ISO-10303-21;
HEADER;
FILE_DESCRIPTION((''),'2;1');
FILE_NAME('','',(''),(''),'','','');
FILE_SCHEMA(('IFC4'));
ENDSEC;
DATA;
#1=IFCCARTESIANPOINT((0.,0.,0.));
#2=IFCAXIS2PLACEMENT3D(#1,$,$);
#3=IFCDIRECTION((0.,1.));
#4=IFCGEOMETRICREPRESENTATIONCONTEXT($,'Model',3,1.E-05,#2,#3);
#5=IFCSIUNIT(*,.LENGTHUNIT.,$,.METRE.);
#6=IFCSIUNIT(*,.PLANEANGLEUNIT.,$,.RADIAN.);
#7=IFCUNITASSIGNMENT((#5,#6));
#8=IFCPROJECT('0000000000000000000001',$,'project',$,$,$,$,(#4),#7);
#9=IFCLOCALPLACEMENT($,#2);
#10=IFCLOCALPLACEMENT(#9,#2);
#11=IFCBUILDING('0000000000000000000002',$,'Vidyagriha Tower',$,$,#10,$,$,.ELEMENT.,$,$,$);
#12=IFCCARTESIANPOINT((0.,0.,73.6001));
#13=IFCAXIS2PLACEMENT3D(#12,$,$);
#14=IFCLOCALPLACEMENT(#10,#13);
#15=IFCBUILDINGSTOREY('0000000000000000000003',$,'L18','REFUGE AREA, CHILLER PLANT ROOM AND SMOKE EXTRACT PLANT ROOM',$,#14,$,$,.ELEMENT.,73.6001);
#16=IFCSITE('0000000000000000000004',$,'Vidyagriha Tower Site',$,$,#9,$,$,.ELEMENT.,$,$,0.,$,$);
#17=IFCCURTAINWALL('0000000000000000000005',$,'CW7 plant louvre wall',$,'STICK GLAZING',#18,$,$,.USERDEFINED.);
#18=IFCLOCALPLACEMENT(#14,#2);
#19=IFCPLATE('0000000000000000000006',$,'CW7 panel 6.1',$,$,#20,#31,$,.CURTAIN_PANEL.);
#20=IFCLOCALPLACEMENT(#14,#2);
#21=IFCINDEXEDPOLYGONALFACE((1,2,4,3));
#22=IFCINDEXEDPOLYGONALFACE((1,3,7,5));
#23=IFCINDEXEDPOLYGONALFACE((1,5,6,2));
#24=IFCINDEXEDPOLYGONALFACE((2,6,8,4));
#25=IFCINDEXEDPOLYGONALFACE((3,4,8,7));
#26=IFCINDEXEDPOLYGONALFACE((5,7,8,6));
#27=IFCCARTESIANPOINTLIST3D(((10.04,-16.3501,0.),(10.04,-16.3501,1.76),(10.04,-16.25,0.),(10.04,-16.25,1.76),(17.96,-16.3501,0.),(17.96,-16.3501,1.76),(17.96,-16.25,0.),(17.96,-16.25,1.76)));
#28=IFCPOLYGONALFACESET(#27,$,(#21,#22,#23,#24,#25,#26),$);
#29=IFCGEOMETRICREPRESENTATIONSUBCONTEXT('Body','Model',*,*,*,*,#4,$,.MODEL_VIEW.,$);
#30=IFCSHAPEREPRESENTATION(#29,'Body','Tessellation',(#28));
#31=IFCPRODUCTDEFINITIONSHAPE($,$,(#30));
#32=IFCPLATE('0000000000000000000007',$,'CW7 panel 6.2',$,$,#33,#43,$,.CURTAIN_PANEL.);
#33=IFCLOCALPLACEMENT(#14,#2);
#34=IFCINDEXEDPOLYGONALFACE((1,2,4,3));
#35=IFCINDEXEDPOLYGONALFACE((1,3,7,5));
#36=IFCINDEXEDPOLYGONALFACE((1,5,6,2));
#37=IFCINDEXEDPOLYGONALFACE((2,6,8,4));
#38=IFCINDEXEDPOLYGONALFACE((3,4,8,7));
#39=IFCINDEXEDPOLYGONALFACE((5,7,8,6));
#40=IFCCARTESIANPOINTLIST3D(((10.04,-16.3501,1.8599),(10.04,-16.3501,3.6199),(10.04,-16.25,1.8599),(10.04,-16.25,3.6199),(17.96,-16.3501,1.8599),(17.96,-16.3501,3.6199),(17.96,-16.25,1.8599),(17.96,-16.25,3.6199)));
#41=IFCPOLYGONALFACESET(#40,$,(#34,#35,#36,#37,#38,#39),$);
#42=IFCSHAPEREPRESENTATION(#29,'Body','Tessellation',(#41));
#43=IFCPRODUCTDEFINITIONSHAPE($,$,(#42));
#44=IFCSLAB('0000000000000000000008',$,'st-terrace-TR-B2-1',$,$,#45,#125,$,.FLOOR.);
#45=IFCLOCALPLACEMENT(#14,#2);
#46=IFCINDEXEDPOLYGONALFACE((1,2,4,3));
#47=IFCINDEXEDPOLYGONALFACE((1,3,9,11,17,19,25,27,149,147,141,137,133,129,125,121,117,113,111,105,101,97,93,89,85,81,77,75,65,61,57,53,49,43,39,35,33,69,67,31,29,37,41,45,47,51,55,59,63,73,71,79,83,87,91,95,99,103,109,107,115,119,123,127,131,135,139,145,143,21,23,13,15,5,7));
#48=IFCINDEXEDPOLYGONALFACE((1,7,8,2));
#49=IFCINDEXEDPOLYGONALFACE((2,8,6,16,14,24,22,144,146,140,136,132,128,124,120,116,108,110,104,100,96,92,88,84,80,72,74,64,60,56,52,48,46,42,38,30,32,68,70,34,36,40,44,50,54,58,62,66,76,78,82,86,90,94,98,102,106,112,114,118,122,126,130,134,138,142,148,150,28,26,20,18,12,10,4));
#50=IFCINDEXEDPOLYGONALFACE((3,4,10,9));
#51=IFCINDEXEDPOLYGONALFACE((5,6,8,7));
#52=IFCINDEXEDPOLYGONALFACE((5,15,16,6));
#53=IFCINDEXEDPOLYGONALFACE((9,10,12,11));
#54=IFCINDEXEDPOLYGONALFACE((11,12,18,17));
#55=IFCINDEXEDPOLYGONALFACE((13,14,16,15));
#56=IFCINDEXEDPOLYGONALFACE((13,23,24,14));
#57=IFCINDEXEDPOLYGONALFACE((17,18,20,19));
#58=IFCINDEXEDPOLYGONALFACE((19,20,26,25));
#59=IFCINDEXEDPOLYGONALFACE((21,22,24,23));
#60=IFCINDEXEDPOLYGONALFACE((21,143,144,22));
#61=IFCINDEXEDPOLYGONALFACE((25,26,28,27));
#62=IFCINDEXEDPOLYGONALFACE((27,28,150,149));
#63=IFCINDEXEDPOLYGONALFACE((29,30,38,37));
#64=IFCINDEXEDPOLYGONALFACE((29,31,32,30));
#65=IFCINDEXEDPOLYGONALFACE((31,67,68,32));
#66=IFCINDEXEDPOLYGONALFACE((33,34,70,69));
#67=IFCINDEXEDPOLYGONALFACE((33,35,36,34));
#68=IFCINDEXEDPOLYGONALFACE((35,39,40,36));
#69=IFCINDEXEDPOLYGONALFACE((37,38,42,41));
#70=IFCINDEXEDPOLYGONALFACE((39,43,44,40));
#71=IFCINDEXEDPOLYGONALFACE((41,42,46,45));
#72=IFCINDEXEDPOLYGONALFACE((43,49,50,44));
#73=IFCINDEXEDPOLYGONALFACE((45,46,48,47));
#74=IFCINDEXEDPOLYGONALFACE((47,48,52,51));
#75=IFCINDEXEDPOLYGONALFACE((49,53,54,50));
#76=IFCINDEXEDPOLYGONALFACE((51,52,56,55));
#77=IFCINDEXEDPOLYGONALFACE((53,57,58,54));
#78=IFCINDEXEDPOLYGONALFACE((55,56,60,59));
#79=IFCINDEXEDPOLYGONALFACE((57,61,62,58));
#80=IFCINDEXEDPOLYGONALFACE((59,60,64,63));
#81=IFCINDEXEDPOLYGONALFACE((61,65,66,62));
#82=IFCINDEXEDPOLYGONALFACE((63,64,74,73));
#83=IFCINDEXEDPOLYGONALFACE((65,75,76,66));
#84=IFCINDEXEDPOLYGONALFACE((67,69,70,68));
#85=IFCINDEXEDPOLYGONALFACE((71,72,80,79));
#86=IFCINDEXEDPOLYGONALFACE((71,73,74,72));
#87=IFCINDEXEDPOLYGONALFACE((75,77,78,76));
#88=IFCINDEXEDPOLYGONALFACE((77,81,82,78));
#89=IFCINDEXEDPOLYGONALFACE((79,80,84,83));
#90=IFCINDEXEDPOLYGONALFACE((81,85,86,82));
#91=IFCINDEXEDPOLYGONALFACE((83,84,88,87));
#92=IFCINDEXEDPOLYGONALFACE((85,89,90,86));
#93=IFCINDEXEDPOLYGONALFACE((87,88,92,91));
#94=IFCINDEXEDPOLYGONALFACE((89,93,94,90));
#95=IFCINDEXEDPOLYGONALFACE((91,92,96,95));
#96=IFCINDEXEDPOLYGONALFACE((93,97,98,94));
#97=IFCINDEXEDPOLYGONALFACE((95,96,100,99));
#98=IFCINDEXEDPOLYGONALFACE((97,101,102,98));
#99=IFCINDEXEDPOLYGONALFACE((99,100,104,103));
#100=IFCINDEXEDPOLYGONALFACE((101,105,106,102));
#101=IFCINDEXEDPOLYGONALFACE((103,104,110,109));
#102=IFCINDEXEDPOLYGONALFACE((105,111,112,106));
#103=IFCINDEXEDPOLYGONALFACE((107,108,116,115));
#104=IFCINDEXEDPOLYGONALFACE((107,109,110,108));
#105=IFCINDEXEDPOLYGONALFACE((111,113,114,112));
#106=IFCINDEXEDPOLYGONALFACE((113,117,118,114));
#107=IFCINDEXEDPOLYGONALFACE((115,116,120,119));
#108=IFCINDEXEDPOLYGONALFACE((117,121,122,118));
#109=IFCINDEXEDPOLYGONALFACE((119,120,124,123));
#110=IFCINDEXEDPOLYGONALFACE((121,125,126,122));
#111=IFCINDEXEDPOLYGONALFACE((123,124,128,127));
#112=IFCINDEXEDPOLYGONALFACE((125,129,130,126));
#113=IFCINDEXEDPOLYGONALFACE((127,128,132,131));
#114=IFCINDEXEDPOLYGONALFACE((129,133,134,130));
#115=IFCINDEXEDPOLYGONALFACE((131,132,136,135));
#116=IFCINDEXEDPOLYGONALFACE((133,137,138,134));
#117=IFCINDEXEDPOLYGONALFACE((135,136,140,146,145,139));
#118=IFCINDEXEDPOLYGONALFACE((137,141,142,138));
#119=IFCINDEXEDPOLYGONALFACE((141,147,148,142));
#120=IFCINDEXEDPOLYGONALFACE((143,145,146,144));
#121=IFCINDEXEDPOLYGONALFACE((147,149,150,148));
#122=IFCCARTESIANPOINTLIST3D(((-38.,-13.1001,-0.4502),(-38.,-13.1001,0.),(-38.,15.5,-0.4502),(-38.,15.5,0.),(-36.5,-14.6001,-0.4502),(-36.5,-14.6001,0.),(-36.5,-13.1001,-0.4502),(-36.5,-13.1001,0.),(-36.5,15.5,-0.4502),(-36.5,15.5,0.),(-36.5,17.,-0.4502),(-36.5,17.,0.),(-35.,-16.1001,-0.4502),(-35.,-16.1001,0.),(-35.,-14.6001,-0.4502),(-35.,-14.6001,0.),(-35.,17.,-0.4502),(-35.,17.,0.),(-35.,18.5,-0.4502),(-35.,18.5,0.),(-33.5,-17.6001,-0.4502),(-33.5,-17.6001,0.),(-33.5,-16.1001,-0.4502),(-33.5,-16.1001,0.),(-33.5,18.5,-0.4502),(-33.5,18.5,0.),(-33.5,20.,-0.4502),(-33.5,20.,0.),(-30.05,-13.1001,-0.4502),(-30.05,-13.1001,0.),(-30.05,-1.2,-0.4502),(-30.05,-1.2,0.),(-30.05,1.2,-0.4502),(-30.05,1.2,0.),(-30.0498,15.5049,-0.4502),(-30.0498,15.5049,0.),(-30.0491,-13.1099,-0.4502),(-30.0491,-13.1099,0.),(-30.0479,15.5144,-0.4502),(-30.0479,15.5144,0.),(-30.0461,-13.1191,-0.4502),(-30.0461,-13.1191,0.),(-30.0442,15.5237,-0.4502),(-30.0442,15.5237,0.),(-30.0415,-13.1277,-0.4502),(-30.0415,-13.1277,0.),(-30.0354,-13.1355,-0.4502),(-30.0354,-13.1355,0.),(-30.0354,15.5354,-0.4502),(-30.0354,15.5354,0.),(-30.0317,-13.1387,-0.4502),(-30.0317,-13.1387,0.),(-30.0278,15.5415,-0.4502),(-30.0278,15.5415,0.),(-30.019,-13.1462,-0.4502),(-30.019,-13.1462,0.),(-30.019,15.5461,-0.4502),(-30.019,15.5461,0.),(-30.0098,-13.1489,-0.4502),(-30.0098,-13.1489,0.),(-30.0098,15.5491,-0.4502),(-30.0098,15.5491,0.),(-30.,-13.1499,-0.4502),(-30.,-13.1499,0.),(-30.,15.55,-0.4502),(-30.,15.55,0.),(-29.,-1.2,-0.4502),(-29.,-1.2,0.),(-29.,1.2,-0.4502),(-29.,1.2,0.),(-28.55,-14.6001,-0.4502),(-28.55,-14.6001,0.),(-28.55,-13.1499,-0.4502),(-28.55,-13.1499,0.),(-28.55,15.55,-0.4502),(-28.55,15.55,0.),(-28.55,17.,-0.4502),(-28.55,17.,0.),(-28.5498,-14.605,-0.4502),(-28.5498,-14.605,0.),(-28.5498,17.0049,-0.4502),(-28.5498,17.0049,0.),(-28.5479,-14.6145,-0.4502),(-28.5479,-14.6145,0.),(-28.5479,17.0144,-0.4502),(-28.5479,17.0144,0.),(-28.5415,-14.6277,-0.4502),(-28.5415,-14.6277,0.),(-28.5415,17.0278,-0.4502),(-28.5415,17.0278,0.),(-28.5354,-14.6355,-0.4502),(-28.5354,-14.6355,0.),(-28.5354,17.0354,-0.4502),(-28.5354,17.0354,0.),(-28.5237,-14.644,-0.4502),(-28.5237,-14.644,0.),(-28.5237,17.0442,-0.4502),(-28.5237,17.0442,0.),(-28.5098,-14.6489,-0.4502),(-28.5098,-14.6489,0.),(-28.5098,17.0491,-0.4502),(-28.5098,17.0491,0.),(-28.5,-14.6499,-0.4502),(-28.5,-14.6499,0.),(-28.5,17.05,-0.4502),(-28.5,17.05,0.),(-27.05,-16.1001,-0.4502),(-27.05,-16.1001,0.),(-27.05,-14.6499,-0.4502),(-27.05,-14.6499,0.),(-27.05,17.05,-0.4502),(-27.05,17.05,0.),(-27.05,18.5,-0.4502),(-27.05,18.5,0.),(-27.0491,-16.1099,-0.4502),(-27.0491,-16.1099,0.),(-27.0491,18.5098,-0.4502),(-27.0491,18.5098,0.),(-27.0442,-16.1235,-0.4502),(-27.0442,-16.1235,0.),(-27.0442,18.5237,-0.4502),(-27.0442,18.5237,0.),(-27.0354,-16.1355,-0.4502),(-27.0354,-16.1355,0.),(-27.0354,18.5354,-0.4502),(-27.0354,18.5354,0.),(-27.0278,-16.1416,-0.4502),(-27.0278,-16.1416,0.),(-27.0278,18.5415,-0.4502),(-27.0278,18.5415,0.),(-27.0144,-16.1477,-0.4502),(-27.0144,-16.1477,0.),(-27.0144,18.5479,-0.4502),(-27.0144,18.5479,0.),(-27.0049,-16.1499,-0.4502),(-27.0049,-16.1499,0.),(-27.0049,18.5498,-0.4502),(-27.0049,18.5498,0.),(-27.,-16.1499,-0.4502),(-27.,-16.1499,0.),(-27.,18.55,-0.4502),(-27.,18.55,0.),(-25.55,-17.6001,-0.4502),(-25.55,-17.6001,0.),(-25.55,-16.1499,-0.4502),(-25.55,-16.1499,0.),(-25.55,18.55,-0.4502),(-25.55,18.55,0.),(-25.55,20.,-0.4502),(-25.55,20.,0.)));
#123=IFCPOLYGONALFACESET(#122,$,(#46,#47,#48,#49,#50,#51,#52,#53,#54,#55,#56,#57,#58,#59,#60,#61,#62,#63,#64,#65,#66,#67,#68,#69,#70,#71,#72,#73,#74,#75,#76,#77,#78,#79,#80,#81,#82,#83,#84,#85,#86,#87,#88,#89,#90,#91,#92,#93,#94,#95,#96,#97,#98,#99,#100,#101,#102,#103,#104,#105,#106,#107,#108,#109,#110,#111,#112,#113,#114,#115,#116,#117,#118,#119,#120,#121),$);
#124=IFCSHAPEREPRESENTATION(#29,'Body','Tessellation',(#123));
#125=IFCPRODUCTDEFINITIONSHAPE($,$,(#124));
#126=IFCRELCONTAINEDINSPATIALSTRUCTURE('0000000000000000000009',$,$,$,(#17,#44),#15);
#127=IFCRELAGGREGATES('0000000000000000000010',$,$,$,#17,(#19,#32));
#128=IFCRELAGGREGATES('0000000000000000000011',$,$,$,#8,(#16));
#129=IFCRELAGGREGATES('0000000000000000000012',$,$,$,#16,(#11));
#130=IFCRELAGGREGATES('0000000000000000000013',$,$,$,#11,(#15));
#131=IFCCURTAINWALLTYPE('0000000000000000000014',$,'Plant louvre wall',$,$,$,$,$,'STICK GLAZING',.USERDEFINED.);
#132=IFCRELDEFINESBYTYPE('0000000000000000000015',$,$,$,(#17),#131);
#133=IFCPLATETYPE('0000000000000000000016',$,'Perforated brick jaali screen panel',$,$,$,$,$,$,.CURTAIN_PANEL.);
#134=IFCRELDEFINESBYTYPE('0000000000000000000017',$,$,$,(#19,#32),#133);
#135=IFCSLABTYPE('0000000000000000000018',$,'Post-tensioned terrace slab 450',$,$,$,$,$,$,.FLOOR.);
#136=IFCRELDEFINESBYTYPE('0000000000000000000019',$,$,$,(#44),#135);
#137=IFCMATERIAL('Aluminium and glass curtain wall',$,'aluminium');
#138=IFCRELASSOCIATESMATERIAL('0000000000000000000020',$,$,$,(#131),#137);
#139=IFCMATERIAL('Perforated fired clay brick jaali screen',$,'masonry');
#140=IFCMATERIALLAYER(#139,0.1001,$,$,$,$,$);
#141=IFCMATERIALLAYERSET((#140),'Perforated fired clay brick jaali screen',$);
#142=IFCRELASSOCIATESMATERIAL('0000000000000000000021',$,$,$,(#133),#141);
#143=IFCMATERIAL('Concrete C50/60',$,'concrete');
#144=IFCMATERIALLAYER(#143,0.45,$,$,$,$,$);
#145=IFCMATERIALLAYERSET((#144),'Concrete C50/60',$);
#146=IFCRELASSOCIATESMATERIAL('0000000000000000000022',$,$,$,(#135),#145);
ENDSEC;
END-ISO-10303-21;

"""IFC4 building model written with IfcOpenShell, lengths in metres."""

from ifc_helpers import new_model, si_unit, direction, frame, origin, origin_2d, place, context, subcontext, project, spatial, polyline, rectangle, outline, extrude, material, layer, layer_set, type_object, element, aggregate, save


model = new_model("IFC4")

# Units and contexts
model_context = context("Model", 3, precision=1e-05, world=origin(), true_north=direction((0.0, 1.0)))
body_context = subcontext(model_context, "Body", "Model", "MODEL_VIEW")
ifc_project = project(units=[si_unit("LENGTHUNIT", "METRE"), si_unit("PLANEANGLEUNIT", "RADIAN")], contexts=[model_context])

# Site, building, storey
site_placement = place(None, origin())
site = spatial("IfcSite", under=ifc_project, at=site_placement, Name="Vidyagriha Tower Site", CompositionType="ELEMENT", RefElevation=0.0)
building_placement = place(site_placement, origin())
building = spatial("IfcBuilding", under=site, at=building_placement, Name="Vidyagriha Tower", CompositionType="ELEMENT")
storey_placement = place(building_placement, frame((0.0, 0.0, 73.6001)))
storey = spatial("IfcBuildingStorey", under=building, at=storey_placement, Name="L18", Description="REFUGE AREA, CHILLER PLANT ROOM AND SMOKE EXTRACT PLANT ROOM", CompositionType="ELEMENT", Elevation=73.6001)

# Curtain wall, plates
ifc_material_1 = material(Name="Aluminium and glass curtain wall", Category="aluminium")
curtain_wall_type = type_object("IfcCurtainWallType", Name="Plant louvre wall", ElementType="STICK GLAZING", PredefinedType="USERDEFINED", material=ifc_material_1)
curtain_wall_placement = place(storey_placement, origin())
curtain_wall = element("IfcCurtainWall", 1, at=curtain_wall_placement, inside=storey, type_object=curtain_wall_type, Name="CW7 plant louvre wall", ObjectType="STICK GLAZING", PredefinedType="USERDEFINED")
ifc_material_2 = material(Name="Perforated fired clay brick jaali screen", Category="masonry")
ifc_layer_1 = layer(ifc_material_2, 0.1001)
ifc_layer_set_1 = layer_set([ifc_layer_1], Name="Perforated fired clay brick jaali screen")
plate_type = type_object("IfcPlateType", Name="Perforated brick jaali screen panel", PredefinedType="CURTAIN_PANEL", material=ifc_layer_set_1)
plate_1_placement = place(storey_placement, frame((14.0, -16.3, 0.0)))
plate_1 = element("IfcPlate", 2, at=plate_1_placement, type_object=plate_type, Name="CW7 panel 6.1", PredefinedType="CURTAIN_PANEL", context=body_context, shape_type="SweptSolid", body=[
    extrude(rectangle(XDim=7.9199, YDim=0.1001, at=origin_2d()), origin(), (0.0, 0.0, 1.0), 1.76),
])
plate_2_placement = place(storey_placement, frame((14.0, -16.3, 1.8599)))
plate_2 = element("IfcPlate", 3, at=plate_2_placement, type_object=plate_type, Name="CW7 panel 6.2", PredefinedType="CURTAIN_PANEL", context=body_context, shape_type="SweptSolid", body=[
    extrude(rectangle(XDim=7.9199, YDim=0.1001, at=origin_2d()), origin(), (0.0, 0.0, 1.0), 1.76),
])
aggregate(curtain_wall, [plate_1, plate_2])

# Slab
ifc_material_3 = material(Name="Concrete C50/60", Category="concrete")
ifc_layer_2 = layer(ifc_material_3, 0.45)
ifc_layer_set_2 = layer_set([ifc_layer_2], Name="Concrete C50/60")
slab_type_1 = type_object("IfcSlabType", Name="Post-tensioned terrace slab 450", PredefinedType="FLOOR", material=ifc_layer_set_2)
slab_1_placement = place(storey_placement, frame((0.0, 0.0, -0.4502)))
element("IfcSlab", 4, at=slab_1_placement, inside=storey, type_object=slab_type_1, Name="st-terrace-TR-B2-1", PredefinedType="FLOOR", context=body_context, shape_type="SweptSolid", body=[
    extrude(outline(polyline([(-30.05, -1.2), (-30.05, -13.1001), (-30.0491, -13.1099), (-30.0461, -13.1191), (-30.0415, -13.1277), (-30.0354, -13.1355), (-30.0317, -13.1387), (-30.019, -13.1462), (-30.0098, -13.1489), (-30.0, -13.1499), (-28.55, -13.1499), (-28.55, -14.6001), (-28.5498, -14.605), (-28.5479, -14.6145), (-28.5415, -14.6277), (-28.5354, -14.6355), (-28.5237, -14.644), (-28.5098, -14.6489), (-28.5, -14.6499), (-27.05, -14.6499), (-27.05, -16.1001), (-27.0491, -16.1099), (-27.0442, -16.1235), (-27.0354, -16.1355), (-27.0278, -16.1416), (-27.0144, -16.1477), (-27.0049, -16.1499), (-27.0, -16.1499), (-25.55, -16.1499), (-25.55, -17.6001), (-33.5, -17.6001), (-33.5, -16.1001), (-35.0, -16.1001), (-35.0, -14.6001), (-36.5, -14.6001), (-36.5, -13.1001), (-38.0, -13.1001), (-38.0, 15.5), (-36.5, 15.5), (-36.5, 17.0), (-35.0, 17.0), (-35.0, 18.5), (-33.5, 18.5), (-33.5, 20.0), (-25.55, 20.0), (-25.55, 18.55), (-27.0, 18.55), (-27.0049, 18.5498), (-27.0144, 18.5479), (-27.0278, 18.5415), (-27.0354, 18.5354), (-27.0442, 18.5237), (-27.0491, 18.5098), (-27.05, 18.5), (-27.05, 17.05), (-28.5, 17.05), (-28.5098, 17.0491), (-28.5237, 17.0442), (-28.5354, 17.0354), (-28.5415, 17.0278), (-28.5479, 17.0144), (-28.5498, 17.0049), (-28.55, 17.0), (-28.55, 15.55), (-30.0, 15.55), (-30.0098, 15.5491), (-30.019, 15.5461), (-30.0278, 15.5415), (-30.0354, 15.5354), (-30.0442, 15.5237), (-30.0479, 15.5144), (-30.0498, 15.5049), (-30.05, 1.2), (-29.0, 1.2), (-29.0, -1.2), (-30.05, -1.2)])), origin(), (0.0, 0.0, 1.0), 0.4502),
])

save(model, "model.ifc")
